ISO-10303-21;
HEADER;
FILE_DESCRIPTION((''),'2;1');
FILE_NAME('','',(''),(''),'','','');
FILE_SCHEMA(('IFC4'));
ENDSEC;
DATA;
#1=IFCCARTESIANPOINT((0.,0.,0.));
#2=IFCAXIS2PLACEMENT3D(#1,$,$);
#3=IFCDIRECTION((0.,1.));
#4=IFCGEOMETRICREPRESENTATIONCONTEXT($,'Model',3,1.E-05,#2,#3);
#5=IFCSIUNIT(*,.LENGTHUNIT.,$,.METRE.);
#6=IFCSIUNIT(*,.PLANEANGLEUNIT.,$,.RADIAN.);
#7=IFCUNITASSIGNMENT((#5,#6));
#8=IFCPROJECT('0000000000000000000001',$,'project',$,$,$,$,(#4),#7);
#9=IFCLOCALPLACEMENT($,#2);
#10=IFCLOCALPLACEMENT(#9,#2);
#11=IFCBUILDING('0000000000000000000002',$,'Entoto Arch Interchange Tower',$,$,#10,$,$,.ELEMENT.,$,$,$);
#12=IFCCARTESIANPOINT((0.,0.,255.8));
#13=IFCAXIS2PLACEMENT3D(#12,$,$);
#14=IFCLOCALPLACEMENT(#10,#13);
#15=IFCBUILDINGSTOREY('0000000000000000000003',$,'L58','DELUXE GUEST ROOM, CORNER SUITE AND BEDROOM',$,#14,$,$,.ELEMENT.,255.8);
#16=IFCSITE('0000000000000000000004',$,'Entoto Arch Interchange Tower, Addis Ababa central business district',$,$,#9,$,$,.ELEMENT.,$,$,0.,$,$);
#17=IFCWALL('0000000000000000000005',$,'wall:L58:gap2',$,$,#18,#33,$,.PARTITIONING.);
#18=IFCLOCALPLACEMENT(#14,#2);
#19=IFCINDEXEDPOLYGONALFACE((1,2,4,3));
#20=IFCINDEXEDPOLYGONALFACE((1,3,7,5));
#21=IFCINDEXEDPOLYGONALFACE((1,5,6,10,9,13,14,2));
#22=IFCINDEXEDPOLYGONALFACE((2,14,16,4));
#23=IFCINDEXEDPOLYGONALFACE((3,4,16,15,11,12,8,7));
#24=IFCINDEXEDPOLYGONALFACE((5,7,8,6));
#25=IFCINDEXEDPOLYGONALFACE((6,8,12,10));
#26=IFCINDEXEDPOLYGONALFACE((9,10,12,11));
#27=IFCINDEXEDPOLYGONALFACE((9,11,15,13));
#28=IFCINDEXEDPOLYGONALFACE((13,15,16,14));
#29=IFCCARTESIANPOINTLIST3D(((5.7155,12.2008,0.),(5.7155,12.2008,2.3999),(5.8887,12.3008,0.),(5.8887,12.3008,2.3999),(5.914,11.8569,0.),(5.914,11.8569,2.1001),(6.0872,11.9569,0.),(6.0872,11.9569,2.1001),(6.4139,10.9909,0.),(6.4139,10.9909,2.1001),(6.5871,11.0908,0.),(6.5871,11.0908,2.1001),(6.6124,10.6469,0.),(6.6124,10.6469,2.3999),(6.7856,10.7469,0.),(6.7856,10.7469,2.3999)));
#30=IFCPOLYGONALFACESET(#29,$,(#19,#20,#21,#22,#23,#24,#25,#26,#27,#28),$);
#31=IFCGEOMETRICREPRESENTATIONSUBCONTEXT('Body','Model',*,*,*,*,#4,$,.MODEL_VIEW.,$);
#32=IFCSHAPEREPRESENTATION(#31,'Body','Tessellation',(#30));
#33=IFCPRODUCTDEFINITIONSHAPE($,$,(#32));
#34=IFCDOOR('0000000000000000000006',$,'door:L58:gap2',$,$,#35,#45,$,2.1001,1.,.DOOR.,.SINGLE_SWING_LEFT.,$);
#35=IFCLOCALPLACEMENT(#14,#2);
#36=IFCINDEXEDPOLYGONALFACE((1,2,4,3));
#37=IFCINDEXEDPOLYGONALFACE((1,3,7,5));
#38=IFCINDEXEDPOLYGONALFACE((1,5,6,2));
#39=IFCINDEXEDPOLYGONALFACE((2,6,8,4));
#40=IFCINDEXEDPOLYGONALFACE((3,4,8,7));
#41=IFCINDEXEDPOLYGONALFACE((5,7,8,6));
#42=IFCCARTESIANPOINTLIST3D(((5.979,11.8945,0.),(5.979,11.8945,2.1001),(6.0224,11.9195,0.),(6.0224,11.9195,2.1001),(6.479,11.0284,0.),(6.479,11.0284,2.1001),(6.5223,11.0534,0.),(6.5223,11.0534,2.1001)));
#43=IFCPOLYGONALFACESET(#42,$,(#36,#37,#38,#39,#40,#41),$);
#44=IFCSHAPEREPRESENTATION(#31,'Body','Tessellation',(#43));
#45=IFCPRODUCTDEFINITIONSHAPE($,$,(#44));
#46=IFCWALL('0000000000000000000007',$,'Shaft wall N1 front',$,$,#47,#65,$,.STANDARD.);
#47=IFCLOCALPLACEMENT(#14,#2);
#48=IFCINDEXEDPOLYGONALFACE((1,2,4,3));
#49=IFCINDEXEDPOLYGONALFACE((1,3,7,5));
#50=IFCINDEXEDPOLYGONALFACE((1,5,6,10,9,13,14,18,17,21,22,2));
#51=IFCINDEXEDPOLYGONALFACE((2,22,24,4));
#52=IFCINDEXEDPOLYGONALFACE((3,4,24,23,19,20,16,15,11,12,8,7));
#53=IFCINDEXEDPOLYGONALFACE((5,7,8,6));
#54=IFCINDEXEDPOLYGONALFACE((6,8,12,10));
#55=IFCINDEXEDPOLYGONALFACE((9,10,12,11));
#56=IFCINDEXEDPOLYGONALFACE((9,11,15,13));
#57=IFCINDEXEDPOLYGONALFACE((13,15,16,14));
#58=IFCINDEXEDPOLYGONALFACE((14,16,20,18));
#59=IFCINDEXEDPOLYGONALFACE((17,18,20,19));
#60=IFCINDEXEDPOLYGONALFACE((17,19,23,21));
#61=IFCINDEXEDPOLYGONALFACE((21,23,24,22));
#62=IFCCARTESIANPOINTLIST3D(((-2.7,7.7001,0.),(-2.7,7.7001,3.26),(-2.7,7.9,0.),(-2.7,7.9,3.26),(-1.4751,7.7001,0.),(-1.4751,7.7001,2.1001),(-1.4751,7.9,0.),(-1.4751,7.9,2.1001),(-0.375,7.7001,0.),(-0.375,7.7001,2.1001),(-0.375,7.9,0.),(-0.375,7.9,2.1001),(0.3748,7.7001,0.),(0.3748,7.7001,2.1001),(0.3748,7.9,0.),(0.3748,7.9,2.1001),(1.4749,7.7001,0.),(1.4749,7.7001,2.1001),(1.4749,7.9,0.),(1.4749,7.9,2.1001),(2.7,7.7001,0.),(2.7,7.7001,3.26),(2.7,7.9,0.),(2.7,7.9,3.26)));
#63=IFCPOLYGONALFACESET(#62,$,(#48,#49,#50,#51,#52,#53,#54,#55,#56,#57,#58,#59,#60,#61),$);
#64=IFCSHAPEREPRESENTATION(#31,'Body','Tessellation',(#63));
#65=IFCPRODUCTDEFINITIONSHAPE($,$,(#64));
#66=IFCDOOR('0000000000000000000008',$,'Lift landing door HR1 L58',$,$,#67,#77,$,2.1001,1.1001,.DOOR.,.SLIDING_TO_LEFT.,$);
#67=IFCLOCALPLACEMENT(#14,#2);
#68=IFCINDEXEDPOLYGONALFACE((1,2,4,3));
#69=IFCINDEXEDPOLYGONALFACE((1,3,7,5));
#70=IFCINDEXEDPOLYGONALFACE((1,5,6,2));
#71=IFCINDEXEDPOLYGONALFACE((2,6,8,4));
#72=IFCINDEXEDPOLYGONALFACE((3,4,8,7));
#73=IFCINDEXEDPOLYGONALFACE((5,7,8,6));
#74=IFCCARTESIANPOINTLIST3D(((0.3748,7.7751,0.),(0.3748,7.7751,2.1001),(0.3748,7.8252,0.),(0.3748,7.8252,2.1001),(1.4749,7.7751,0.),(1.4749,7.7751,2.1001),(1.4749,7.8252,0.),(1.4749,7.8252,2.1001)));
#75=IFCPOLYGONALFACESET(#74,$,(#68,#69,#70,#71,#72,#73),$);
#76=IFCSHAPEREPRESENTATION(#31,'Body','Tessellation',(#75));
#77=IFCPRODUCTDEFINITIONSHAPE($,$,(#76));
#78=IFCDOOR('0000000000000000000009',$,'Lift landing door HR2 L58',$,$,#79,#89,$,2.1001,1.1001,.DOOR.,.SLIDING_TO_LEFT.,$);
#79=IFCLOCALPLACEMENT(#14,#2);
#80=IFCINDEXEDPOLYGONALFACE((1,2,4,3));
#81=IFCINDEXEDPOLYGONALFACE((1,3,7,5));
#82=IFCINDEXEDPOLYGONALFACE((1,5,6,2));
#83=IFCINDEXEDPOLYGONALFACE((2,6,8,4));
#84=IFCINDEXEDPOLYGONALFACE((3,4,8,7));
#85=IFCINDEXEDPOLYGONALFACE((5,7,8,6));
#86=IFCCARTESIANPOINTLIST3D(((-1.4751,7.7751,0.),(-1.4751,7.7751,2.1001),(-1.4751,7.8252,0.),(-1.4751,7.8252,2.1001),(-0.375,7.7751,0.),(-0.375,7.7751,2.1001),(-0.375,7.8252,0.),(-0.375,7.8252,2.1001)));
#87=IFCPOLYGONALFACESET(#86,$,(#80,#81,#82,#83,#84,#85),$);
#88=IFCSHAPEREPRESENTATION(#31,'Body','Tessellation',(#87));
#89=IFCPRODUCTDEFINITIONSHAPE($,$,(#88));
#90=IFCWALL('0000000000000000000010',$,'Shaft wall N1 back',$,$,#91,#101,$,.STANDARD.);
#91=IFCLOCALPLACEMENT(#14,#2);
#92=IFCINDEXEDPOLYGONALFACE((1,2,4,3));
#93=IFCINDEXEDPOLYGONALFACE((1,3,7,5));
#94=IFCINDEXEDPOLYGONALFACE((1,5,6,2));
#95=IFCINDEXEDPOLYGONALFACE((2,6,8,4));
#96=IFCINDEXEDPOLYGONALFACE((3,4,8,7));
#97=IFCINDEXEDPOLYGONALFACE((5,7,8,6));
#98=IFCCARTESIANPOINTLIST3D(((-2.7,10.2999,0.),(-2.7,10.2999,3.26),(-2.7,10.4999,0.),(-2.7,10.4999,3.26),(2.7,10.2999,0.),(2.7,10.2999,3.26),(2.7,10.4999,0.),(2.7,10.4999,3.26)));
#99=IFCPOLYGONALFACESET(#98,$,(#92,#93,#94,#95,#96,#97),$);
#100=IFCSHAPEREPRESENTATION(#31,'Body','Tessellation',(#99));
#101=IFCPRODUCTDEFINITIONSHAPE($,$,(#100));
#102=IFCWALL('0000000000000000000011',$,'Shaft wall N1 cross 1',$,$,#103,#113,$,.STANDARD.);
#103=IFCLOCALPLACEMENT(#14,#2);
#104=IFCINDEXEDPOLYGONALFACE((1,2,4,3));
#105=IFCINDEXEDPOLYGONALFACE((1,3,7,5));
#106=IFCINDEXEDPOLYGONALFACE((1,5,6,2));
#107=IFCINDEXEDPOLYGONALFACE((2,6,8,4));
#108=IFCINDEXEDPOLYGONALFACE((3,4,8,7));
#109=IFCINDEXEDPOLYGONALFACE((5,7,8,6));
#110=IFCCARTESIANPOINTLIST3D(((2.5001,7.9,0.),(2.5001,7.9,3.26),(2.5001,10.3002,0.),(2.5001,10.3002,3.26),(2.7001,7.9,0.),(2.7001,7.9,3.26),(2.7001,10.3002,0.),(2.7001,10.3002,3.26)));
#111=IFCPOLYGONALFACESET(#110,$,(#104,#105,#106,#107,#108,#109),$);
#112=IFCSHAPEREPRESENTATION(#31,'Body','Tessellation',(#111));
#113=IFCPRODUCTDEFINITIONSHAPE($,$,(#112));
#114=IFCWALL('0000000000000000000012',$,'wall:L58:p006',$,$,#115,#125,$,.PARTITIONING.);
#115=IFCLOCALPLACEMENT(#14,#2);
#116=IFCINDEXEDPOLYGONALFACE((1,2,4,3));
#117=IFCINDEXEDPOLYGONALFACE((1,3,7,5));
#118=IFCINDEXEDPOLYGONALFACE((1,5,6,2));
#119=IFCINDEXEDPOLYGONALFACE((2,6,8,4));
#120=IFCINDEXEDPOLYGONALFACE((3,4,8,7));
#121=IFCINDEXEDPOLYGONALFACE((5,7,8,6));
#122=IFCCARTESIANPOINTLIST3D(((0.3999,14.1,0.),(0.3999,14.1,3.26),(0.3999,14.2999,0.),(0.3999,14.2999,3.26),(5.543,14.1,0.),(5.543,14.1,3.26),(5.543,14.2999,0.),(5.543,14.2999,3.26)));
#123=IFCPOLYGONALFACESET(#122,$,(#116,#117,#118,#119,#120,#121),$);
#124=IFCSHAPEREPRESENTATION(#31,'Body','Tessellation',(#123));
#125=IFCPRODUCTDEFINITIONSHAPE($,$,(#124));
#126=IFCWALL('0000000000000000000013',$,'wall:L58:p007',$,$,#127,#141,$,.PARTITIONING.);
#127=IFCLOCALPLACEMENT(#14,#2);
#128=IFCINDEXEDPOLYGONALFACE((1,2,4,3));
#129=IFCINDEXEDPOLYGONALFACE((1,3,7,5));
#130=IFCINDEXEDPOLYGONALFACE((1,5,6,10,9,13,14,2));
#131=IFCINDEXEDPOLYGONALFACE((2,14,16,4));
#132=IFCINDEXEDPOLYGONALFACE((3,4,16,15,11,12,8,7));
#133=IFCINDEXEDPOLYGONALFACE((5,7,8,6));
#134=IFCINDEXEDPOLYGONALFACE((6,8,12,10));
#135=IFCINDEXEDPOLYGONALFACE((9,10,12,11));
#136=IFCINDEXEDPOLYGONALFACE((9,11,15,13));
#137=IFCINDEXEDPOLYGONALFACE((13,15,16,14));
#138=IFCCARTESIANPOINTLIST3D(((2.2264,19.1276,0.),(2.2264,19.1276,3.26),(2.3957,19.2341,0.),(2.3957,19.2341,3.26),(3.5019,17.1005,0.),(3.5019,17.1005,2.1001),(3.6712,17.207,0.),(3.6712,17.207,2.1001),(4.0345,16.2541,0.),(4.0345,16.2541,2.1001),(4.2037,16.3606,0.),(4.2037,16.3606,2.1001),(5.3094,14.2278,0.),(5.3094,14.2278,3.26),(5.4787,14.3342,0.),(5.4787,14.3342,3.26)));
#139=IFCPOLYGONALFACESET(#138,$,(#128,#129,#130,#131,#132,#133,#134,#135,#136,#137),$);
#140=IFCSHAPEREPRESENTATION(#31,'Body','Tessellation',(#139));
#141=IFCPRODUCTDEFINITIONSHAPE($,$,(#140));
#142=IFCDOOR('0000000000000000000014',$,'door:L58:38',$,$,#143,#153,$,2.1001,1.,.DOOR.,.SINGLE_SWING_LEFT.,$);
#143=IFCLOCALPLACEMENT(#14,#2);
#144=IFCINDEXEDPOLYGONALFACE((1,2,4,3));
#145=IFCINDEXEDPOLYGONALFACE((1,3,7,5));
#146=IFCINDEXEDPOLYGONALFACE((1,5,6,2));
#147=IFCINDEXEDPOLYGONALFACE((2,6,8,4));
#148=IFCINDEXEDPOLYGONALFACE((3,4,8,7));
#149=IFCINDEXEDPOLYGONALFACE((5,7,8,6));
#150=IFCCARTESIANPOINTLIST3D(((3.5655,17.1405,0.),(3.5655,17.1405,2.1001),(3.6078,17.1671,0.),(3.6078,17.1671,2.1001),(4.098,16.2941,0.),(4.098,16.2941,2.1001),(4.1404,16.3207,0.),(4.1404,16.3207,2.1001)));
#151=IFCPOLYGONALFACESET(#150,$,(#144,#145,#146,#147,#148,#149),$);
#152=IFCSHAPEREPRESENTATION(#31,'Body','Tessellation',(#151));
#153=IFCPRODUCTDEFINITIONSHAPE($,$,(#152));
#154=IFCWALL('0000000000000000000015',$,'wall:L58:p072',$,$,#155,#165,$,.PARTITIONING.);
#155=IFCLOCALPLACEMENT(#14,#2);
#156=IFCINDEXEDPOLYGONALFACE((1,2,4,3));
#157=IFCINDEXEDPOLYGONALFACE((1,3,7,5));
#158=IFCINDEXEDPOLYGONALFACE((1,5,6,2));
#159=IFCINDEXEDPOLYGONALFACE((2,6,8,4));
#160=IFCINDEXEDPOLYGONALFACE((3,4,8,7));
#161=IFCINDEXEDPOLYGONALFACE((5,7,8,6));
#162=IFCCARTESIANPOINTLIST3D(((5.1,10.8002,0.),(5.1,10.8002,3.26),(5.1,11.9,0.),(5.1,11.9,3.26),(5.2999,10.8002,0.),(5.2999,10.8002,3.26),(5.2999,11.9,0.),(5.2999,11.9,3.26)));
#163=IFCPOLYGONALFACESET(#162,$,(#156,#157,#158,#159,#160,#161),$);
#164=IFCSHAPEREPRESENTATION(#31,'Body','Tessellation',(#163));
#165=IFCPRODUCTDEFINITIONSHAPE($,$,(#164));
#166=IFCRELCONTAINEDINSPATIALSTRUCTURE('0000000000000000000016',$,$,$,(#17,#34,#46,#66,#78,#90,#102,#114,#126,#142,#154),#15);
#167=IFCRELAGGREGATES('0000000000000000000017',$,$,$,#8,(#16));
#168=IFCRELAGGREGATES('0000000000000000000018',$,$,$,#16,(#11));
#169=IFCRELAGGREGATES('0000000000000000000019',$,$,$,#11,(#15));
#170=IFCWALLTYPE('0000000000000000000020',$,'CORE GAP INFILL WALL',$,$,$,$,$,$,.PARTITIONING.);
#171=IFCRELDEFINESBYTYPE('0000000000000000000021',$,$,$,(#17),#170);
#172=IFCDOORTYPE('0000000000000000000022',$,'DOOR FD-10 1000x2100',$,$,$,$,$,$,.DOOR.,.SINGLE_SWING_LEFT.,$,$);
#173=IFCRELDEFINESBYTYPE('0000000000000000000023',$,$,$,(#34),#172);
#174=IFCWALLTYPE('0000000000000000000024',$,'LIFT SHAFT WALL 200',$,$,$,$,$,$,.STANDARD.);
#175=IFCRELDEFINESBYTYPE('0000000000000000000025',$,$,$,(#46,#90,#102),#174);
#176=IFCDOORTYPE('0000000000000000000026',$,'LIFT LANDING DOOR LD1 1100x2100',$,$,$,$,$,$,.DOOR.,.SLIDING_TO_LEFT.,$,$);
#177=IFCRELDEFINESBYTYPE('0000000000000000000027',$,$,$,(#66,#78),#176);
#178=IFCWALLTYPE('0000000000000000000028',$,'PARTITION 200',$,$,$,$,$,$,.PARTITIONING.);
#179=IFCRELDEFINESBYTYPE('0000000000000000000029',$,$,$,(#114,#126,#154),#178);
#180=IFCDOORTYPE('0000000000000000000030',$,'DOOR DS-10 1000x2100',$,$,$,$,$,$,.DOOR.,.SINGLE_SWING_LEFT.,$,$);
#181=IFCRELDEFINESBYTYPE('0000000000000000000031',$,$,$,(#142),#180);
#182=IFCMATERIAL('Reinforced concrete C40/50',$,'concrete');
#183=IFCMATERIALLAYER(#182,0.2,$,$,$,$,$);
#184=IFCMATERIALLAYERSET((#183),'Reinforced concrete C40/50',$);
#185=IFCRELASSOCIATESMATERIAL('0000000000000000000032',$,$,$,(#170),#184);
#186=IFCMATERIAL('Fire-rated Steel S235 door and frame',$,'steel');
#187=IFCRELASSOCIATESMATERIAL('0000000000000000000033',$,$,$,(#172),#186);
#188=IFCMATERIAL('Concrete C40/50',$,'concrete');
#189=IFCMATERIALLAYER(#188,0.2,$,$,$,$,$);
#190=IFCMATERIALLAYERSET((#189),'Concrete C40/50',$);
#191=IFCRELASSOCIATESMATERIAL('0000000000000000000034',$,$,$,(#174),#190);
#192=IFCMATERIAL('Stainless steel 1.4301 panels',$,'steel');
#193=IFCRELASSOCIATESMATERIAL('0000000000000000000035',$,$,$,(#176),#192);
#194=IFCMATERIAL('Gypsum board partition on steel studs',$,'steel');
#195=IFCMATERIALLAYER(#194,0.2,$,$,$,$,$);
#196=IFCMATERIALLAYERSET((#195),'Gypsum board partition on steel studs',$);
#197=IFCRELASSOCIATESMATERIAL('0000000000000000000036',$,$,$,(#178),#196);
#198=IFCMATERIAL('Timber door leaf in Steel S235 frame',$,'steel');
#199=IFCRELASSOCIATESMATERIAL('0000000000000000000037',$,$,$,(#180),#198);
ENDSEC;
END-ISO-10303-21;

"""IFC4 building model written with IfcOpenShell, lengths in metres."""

from ifc_helpers import new_model, si_unit, direction, frame, frame_2d, origin, place, context, subcontext, project, spatial, rectangle, extrude, material, layer, layer_set, type_object, element, fill, save


model = new_model("IFC4")

# Units and contexts
model_context = context("Model", 3, precision=1e-05, world=origin(), true_north=direction((0.0, 1.0)))
body_context = subcontext(model_context, "Body", "Model", "MODEL_VIEW")
ifc_project = project(units=[si_unit("LENGTHUNIT", "METRE"), si_unit("PLANEANGLEUNIT", "RADIAN")], contexts=[model_context])

# Site, building, storey
site_placement = place(None, origin())
site = spatial("IfcSite", under=ifc_project, at=site_placement, Name="Entoto Arch Interchange Tower, Addis Ababa central business district", CompositionType="ELEMENT", RefElevation=0.0)
building_placement = place(site_placement, origin())
building = spatial("IfcBuilding", under=site, at=building_placement, Name="Entoto Arch Interchange Tower", CompositionType="ELEMENT")
storey_placement = place(building_placement, frame((0.0, 0.0, 255.8)))
storey = spatial("IfcBuildingStorey", under=building, at=storey_placement, Name="L58", Description="DELUXE GUEST ROOM, CORNER SUITE AND BEDROOM", CompositionType="ELEMENT", Elevation=255.8)

# Wall, opening, door
ifc_material_1 = material(Name="Reinforced concrete C40/50", Category="concrete")
ifc_layer_1 = layer(ifc_material_1, 0.2)
ifc_layer_set_1 = layer_set([ifc_layer_1], Name="Reinforced concrete C40/50")
wall_type_1 = type_object("IfcWallType", Name="CORE GAP INFILL WALL", PredefinedType="PARTITIONING", material=ifc_layer_set_1)
wall_1_placement = place(storey_placement, frame((6.699, 10.697, 0.0), z_axis=(0.0, 0.0, 1.0), x_axis=(-0.499915, 0.866075, 0.0)))
wall_1 = element("IfcWall", 1, at=wall_1_placement, inside=storey, type_object=wall_type_1, Name="wall:L58:gap2", PredefinedType="PARTITIONING", context=body_context, shape_type="SweptSolid", body=[
    extrude(rectangle(XDim=1.7942, YDim=0.2, at=frame_2d((0.897, 0.0))), origin(), (0.0, 0.0, 1.0), 2.3999),
])
opening_1_placement = place(wall_1_placement, frame((0.397, 0.0, 0.0)))
opening_1 = element("IfcOpeningElement", 2, at=opening_1_placement, cuts=wall_1, PredefinedType="OPENING", context=body_context, shape_type="SweptSolid", body=[
    extrude(rectangle(XDim=1.0, YDim=2.1001, at=frame_2d((0.5, 1.05))), frame((0.0, 0.1099, 0.0), z_axis=(0.0, -1.0, 0.0), x_axis=(1.0, 0.0, 0.0)), (0.0, 0.0, 1.0), 0.22),
])
ifc_material_2 = material(Name="Fire-rated Steel S235 door and frame", Category="steel")
door_type_1 = type_object("IfcDoorType", Name="DOOR FD-10 1000x2100", OperationType="SINGLE_SWING_LEFT", PredefinedType="DOOR", material=ifc_material_2)
door_1_placement = place(opening_1_placement, origin())
door_1 = element("IfcDoor", 3, at=door_1_placement, inside=storey, type_object=door_type_1, Name="door:L58:gap2", OperationType="SINGLE_SWING_LEFT", OverallHeight=2.1001, OverallWidth=1.0, PredefinedType="DOOR", context=body_context, shape_type="SweptSolid", body=[
    extrude(rectangle(XDim=1.0, YDim=2.1001, at=frame_2d((0.5, 1.05))), frame((0.0, 0.0249, 0.0), z_axis=(0.0, -1.0, 0.0), x_axis=(1.0, 0.0, 0.0)), (0.0, 0.0, 1.0), 0.05),
])
fill(opening_1, door_1)

# Wall, openings, doors
ifc_material_3 = material(Name="Concrete C40/50", Category="concrete")
ifc_layer_2 = layer(ifc_material_3, 0.2)
ifc_layer_set_2 = layer_set([ifc_layer_2], Name="Concrete C40/50")
wall_type_2 = type_object("IfcWallType", Name="LIFT SHAFT WALL 200", PredefinedType="STANDARD", material=ifc_layer_set_2)
wall_2_placement = place(storey_placement, frame((2.7, 7.8, 0.0), z_axis=(0.0, 0.0, 1.0), x_axis=(-1.0, 0.0, 0.0)))
wall_2 = element("IfcWall", 4, at=wall_2_placement, inside=storey, type_object=wall_type_2, Name="Shaft wall N1 front", PredefinedType="STANDARD", context=body_context, shape_type="SweptSolid", body=[
    extrude(rectangle(XDim=5.3999, YDim=0.2, at=frame_2d((2.7, 0.0))), origin(), (0.0, 0.0, 1.0), 3.26),
])
opening_2_placement = place(wall_2_placement, frame((1.2251, 0.0, 0.0)))
opening_2 = element("IfcOpeningElement", 5, at=opening_2_placement, cuts=wall_2, PredefinedType="OPENING", context=body_context, shape_type="SweptSolid", body=[
    extrude(rectangle(XDim=1.1001, YDim=2.1001, at=frame_2d((0.55, 1.05))), frame((0.0, 0.1099, 0.0), z_axis=(0.0, -1.0, 0.0), x_axis=(1.0, 0.0, 0.0)), (0.0, 0.0, 1.0), 0.22),
])
opening_3_placement = place(wall_2_placement, frame((3.075, 0.0, 0.0)))
opening_3 = element("IfcOpeningElement", 6, at=opening_3_placement, cuts=wall_2, PredefinedType="OPENING", context=body_context, shape_type="SweptSolid", body=[
    extrude(rectangle(XDim=1.1001, YDim=2.1001, at=frame_2d((0.55, 1.05))), frame((0.0, 0.1099, 0.0), z_axis=(0.0, -1.0, 0.0), x_axis=(1.0, 0.0, 0.0)), (0.0, 0.0, 1.0), 0.22),
])
ifc_material_4 = material(Name="Stainless steel 1.4301 panels", Category="steel")
door_type_2 = type_object("IfcDoorType", Name="LIFT LANDING DOOR LD1 1100x2100", OperationType="SLIDING_TO_LEFT", PredefinedType="DOOR", material=ifc_material_4)
door_2_placement = place(opening_2_placement, origin())
door_2 = element("IfcDoor", 7, at=door_2_placement, inside=storey, type_object=door_type_2, Name="Lift landing door HR1 L58", OperationType="SLIDING_TO_LEFT", OverallHeight=2.1001, OverallWidth=1.1001, PredefinedType="DOOR", context=body_context, shape_type="SweptSolid", body=[
    extrude(rectangle(XDim=1.1001, YDim=2.1001, at=frame_2d((0.55, 1.05))), frame((0.0, 0.0249, 0.0), z_axis=(0.0, -1.0, 0.0), x_axis=(1.0, 0.0, 0.0)), (0.0, 0.0, 1.0), 0.05),
])
fill(opening_2, door_2)
door_3_placement = place(opening_3_placement, origin())
door_3 = element("IfcDoor", 8, at=door_3_placement, inside=storey, type_object=door_type_2, Name="Lift landing door HR2 L58", OperationType="SLIDING_TO_LEFT", OverallHeight=2.1001, OverallWidth=1.1001, PredefinedType="DOOR", context=body_context, shape_type="SweptSolid", body=[
    extrude(rectangle(XDim=1.1001, YDim=2.1001, at=frame_2d((0.55, 1.05))), frame((0.0, 0.0249, 0.0), z_axis=(0.0, -1.0, 0.0), x_axis=(1.0, 0.0, 0.0)), (0.0, 0.0, 1.0), 0.05),
])
fill(opening_3, door_3)

# Walls
wall_3_placement = place(storey_placement, frame((2.7, 10.3999, 0.0), z_axis=(0.0, 0.0, 1.0), x_axis=(-1.0, 0.0, 0.0)))
element("IfcWall", 9, at=wall_3_placement, inside=storey, type_object=wall_type_2, Name="Shaft wall N1 back", PredefinedType="STANDARD", context=body_context, shape_type="SweptSolid", body=[
    extrude(rectangle(XDim=5.3999, YDim=0.2, at=frame_2d((2.7, 0.0))), origin(), (0.0, 0.0, 1.0), 3.26),
])
wall_4_placement = place(storey_placement, frame((2.6001, 7.8999, 0.0), z_axis=(0.0, 0.0, 1.0), x_axis=(0.0, 1.0, 0.0)))
element("IfcWall", 10, at=wall_4_placement, inside=storey, type_object=wall_type_2, Name="Shaft wall N1 cross 1", PredefinedType="STANDARD", context=body_context, shape_type="SweptSolid", body=[
    extrude(rectangle(XDim=2.4001, YDim=0.2, at=frame_2d((1.2002, 0.0))), origin(), (0.0, 0.0, 1.0), 3.26),
])
ifc_material_5 = material(Name="Gypsum board partition on steel studs", Category="steel")
ifc_layer_3 = layer(ifc_material_5, 0.2)
ifc_layer_set_3 = layer_set([ifc_layer_3], Name="Gypsum board partition on steel studs")
wall_type_3 = type_object("IfcWallType", Name="PARTITION 200", PredefinedType="PARTITIONING", material=ifc_layer_set_3)
wall_5_placement = place(storey_placement, frame((0.3999, 14.2, 0.0), z_axis=(0.0, 0.0, 1.0), x_axis=(1.0, 0.0, 0.0)))
element("IfcWall", 11, at=wall_5_placement, inside=storey, type_object=wall_type_3, Name="wall:L58:p006", PredefinedType="PARTITIONING", context=body_context, shape_type="SweptSolid", body=[
    extrude(rectangle(XDim=5.1431, YDim=0.2, at=frame_2d((2.5715, 0.0))), origin(), (0.0, 0.0, 1.0), 3.26),
])

# Wall, opening, door
wall_6_placement = place(storey_placement, frame((5.394, 14.281, 0.0), z_axis=(0.0, 0.0, 1.0), x_axis=(-0.532552, 0.846398, 0.0)))
wall_6 = element("IfcWall", 12, at=wall_6_placement, inside=storey, type_object=wall_type_3, Name="wall:L58:p007", PredefinedType="PARTITIONING", context=body_context, shape_type="SweptSolid", body=[
    extrude(rectangle(XDim=5.7891, YDim=0.2, at=frame_2d((2.8945, 0.0))), origin(), (0.0, 0.0, 1.0), 3.26),
])
opening_4_placement = place(wall_6_placement, frame((2.394, 0.0, 0.0)))
opening_4 = element("IfcOpeningElement", 13, at=opening_4_placement, cuts=wall_6, PredefinedType="OPENING", context=body_context, shape_type="SweptSolid", body=[
    extrude(rectangle(XDim=1.0, YDim=2.1001, at=frame_2d((0.5, 1.05))), frame((0.0, 0.1099, 0.0), z_axis=(0.0, -1.0, 0.0), x_axis=(1.0, 0.0, 0.0)), (0.0, 0.0, 1.0), 0.22),
])
ifc_material_6 = material(Name="Timber door leaf in Steel S235 frame", Category="steel")
door_type_3 = type_object("IfcDoorType", Name="DOOR DS-10 1000x2100", OperationType="SINGLE_SWING_LEFT", PredefinedType="DOOR", material=ifc_material_6)
door_4_placement = place(opening_4_placement, origin())
door_4 = element("IfcDoor", 14, at=door_4_placement, inside=storey, type_object=door_type_3, Name="door:L58:38", OperationType="SINGLE_SWING_LEFT", OverallHeight=2.1001, OverallWidth=1.0, PredefinedType="DOOR", context=body_context, shape_type="SweptSolid", body=[
    extrude(rectangle(XDim=1.0, YDim=2.1001, at=frame_2d((0.5, 1.05))), frame((0.0, 0.0249, 0.0), z_axis=(0.0, -1.0, 0.0), x_axis=(1.0, 0.0, 0.0)), (0.0, 0.0, 1.0), 0.05),
])
fill(opening_4, door_4)

# Wall
wall_7_placement = place(storey_placement, frame((5.2, 11.8999, 0.0), z_axis=(0.0, 0.0, 1.0), x_axis=(0.0, -1.0, 0.0)))
element("IfcWall", 15, at=wall_7_placement, inside=storey, type_object=wall_type_3, Name="wall:L58:p072", PredefinedType="PARTITIONING", context=body_context, shape_type="SweptSolid", body=[
    extrude(rectangle(XDim=1.0999, YDim=0.2, at=frame_2d((0.5498, 0.0))), origin(), (0.0, 0.0, 1.0), 3.26),
])

save(model, "model.ifc")
